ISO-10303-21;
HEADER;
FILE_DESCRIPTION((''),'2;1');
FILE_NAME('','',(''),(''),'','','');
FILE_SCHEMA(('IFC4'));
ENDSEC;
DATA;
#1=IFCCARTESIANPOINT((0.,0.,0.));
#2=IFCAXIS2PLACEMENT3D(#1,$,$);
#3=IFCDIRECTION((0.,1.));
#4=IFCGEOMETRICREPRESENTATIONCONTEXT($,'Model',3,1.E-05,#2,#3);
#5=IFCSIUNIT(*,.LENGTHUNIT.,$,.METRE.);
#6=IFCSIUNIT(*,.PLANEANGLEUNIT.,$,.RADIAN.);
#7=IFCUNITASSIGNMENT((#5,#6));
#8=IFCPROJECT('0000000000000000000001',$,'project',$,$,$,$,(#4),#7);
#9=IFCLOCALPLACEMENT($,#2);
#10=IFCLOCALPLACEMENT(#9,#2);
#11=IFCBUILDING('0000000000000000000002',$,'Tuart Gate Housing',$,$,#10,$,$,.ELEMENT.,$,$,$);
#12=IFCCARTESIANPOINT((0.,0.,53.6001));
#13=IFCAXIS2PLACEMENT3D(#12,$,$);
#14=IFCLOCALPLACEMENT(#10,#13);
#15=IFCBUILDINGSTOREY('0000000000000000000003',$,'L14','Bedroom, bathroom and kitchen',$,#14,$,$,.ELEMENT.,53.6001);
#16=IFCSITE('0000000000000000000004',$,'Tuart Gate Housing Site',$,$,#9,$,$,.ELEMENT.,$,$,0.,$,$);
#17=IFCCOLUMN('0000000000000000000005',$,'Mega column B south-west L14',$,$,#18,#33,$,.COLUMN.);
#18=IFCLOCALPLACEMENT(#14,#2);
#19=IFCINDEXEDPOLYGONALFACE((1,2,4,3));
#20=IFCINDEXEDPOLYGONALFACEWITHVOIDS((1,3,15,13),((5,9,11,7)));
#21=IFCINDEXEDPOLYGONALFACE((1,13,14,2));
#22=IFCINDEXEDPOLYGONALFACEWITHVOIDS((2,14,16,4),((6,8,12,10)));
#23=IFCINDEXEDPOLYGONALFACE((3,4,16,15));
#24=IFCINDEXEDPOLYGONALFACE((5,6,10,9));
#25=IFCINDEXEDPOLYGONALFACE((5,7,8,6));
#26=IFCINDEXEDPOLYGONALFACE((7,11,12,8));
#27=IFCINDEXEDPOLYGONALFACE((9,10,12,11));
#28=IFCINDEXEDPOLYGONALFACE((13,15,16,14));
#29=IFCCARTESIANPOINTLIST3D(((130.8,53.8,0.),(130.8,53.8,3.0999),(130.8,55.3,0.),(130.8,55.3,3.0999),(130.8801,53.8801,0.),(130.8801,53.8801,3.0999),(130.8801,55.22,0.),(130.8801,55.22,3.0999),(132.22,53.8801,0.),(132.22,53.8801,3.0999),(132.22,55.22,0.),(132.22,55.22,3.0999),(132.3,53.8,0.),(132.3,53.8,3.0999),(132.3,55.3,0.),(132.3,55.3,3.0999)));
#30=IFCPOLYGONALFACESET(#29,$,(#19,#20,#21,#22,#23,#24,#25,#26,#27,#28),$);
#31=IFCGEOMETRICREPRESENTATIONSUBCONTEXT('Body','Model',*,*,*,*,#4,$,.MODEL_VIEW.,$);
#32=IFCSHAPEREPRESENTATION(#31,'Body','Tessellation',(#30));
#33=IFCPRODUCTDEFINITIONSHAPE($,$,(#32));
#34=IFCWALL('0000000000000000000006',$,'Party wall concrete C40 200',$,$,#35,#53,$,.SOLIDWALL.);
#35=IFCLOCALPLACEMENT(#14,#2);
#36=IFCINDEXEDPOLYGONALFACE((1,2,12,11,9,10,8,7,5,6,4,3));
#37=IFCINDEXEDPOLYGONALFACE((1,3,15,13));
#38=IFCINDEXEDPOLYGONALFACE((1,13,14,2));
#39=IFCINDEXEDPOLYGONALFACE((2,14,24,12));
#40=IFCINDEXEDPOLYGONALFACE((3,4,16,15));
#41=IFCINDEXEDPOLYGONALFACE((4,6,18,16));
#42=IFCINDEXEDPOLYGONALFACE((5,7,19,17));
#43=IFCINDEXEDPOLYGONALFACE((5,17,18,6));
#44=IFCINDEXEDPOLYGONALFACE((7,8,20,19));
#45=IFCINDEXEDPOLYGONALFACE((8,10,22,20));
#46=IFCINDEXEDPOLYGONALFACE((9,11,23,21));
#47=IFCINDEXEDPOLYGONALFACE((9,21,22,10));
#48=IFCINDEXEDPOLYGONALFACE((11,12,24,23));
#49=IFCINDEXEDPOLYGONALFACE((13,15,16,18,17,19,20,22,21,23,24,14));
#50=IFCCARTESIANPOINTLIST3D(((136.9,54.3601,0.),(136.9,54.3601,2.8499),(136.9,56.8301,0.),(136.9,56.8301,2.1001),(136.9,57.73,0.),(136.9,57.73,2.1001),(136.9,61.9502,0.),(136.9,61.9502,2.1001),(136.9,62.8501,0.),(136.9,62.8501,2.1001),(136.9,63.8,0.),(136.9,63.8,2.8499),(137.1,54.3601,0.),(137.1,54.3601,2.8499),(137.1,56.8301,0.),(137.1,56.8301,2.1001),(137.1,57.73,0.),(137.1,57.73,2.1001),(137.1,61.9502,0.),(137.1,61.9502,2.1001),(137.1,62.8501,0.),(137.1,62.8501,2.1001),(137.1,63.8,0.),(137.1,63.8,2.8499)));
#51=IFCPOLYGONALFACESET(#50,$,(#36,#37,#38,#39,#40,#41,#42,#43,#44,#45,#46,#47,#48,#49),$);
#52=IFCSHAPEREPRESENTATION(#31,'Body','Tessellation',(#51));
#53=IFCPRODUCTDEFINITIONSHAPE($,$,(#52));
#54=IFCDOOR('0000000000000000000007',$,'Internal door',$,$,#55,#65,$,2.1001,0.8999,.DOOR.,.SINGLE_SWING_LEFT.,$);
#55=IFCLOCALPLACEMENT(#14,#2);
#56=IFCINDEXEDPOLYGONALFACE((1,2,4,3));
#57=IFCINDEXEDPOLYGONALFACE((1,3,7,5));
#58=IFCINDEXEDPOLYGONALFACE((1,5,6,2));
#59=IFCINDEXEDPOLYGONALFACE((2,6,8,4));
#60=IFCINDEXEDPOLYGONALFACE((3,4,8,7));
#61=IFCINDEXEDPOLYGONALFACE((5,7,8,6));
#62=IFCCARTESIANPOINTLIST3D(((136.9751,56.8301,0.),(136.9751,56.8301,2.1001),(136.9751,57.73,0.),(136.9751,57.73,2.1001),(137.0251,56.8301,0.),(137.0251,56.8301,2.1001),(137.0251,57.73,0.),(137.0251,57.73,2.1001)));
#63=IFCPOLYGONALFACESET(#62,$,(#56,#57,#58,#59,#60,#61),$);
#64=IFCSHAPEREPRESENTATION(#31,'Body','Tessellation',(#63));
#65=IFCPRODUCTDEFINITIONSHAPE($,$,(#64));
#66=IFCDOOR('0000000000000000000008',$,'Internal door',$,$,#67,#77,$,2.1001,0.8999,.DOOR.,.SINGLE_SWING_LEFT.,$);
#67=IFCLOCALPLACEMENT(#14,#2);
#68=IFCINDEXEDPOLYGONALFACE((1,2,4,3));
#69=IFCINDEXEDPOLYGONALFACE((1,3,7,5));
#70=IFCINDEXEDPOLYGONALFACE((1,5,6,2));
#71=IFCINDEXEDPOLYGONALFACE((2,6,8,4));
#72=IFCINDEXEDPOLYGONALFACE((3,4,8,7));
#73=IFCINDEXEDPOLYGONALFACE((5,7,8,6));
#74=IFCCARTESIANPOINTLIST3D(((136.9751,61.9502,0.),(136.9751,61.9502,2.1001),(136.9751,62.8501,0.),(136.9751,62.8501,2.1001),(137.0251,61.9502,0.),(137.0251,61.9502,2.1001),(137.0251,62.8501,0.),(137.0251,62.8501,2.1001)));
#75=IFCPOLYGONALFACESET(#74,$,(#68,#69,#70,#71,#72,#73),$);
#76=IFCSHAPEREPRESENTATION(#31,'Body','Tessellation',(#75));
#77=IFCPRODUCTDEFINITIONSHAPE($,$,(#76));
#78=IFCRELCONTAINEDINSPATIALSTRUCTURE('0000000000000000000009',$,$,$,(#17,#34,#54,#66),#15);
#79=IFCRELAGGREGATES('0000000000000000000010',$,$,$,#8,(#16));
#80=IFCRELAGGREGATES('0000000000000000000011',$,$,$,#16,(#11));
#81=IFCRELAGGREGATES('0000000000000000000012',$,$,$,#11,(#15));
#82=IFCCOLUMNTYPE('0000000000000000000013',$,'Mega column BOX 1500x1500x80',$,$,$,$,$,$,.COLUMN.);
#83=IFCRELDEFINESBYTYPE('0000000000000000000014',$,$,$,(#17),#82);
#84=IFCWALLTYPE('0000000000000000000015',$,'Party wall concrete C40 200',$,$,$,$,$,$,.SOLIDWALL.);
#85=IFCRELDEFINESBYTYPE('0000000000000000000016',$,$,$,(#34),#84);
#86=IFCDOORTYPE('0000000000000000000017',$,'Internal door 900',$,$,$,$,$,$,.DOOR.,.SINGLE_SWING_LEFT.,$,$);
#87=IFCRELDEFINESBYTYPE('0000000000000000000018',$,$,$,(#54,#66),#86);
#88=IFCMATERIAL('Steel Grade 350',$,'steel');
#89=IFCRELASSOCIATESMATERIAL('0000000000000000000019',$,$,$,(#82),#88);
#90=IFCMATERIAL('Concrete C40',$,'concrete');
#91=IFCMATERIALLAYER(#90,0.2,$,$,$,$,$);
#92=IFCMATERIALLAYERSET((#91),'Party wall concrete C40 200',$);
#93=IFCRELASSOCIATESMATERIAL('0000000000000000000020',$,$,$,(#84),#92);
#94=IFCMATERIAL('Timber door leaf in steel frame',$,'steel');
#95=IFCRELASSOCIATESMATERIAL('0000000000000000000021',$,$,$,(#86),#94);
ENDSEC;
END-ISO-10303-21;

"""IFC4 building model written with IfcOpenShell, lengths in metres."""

from ifc_helpers import new_model, si_unit, direction, frame, frame_2d, origin, origin_2d, place, context, subcontext, project, spatial, rectangle, hollow_rectangle, extrude, material, layer, layer_set, material_profile, profile_set, type_object, element, fill, save


model = new_model("IFC4")

# Units and contexts
model_context = context("Model", 3, precision=1e-05, world=origin(), true_north=direction((0.0, 1.0)))
body_context = subcontext(model_context, "Body", "Model", "MODEL_VIEW")
ifc_project = project(units=[si_unit("LENGTHUNIT", "METRE"), si_unit("PLANEANGLEUNIT", "RADIAN")], contexts=[model_context])

# Site, building, storey
site_placement = place(None, origin())
site = spatial("IfcSite", under=ifc_project, at=site_placement, Name="Tuart Gate Housing Site", CompositionType="ELEMENT", RefElevation=0.0)
building_placement = place(site_placement, origin())
building = spatial("IfcBuilding", under=site, at=building_placement, Name="Tuart Gate Housing", CompositionType="ELEMENT")
storey_placement = place(building_placement, frame((0.0, 0.0, 53.6001)))
storey = spatial("IfcBuildingStorey", under=building, at=storey_placement, Name="L14", Description="Bedroom, bathroom and kitchen", CompositionType="ELEMENT", Elevation=53.6001)

# Column
ifc_material_1 = material(Name="Steel Grade 350", Category="steel")
ifc_material_profile = material_profile(ifc_material_1, hollow_rectangle(XDim=1.5, YDim=1.5, WallThickness=0.0801, at=origin_2d()), Name="BOX 1500x1500x80")
ifc_profile_set = profile_set([ifc_material_profile], Name="Steel Grade 350")
column_type = type_object("IfcColumnType", Name="Mega column BOX 1500x1500x80", PredefinedType="COLUMN", material=ifc_profile_set)
column_placement = place(storey_placement, frame((131.55, 54.55, 0.0), z_axis=(0.0, 0.0, 1.0), x_axis=(1.0, 0.0, 0.0)))
element("IfcColumn", 1, at=column_placement, inside=storey, type_object=column_type, Name="Mega column B south-west L14", PredefinedType="COLUMN", context=body_context, shape_type="SweptSolid", body=[
    extrude(hollow_rectangle(XDim=1.5, YDim=1.5, WallThickness=0.0801, at=origin_2d()), origin(), (0.0, 0.0, 1.0), 3.0999),
])

# Wall, openings, doors
ifc_material_2 = material(Name="Concrete C40", Category="concrete")
ifc_layer_1 = layer(ifc_material_2, 0.2)
ifc_layer_set_1 = layer_set([ifc_layer_1], Name="Party wall concrete C40 200")
wall_type_1 = type_object("IfcWallType", Name="Party wall concrete C40 200", PredefinedType="SOLIDWALL", material=ifc_layer_set_1)
wall_1_placement = place(storey_placement, frame((137.0, 54.3601, 0.0), z_axis=(0.0, 0.0, 1.0), x_axis=(0.0, 1.0, 0.0)))
wall_1 = element("IfcWall", 2, at=wall_1_placement, inside=storey, type_object=wall_type_1, Name="Party wall concrete C40 200", PredefinedType="SOLIDWALL", context=body_context, shape_type="SweptSolid", body=[
    extrude(rectangle(XDim=9.4399, YDim=0.2, at=frame_2d((4.72, 0.0))), origin(), (0.0, 0.0, 1.0), 2.8499),
])
opening_1_placement = place(wall_1_placement, frame((2.47, 0.0, 0.0)))
opening_1 = element("IfcOpeningElement", 3, at=opening_1_placement, cuts=wall_1, PredefinedType="OPENING", context=body_context, shape_type="SweptSolid", body=[
    extrude(rectangle(XDim=0.8999, YDim=2.1001, at=frame_2d((0.45, 1.05))), frame((0.0, 0.1099, 0.0), z_axis=(0.0, -1.0, 0.0), x_axis=(1.0, 0.0, 0.0)), (0.0, 0.0, 1.0), 0.22),
])
opening_2_placement = place(wall_1_placement, frame((7.5901, 0.0, 0.0)))
opening_2 = element("IfcOpeningElement", 4, at=opening_2_placement, cuts=wall_1, PredefinedType="OPENING", context=body_context, shape_type="SweptSolid", body=[
    extrude(rectangle(XDim=0.8999, YDim=2.1001, at=frame_2d((0.45, 1.05))), frame((0.0, 0.1099, 0.0), z_axis=(0.0, -1.0, 0.0), x_axis=(1.0, 0.0, 0.0)), (0.0, 0.0, 1.0), 0.22),
])
ifc_material_3 = material(Name="Timber door leaf in steel frame", Category="steel")
door_type = type_object("IfcDoorType", Name="Internal door 900", OperationType="SINGLE_SWING_LEFT", PredefinedType="DOOR", material=ifc_material_3)
door_1_placement = place(opening_1_placement, origin())
door_1 = element("IfcDoor", 5, at=door_1_placement, inside=storey, type_object=door_type, Name="Internal door", OperationType="SINGLE_SWING_LEFT", OverallHeight=2.1001, OverallWidth=0.8999, PredefinedType="DOOR", context=body_context, shape_type="SweptSolid", body=[
    extrude(rectangle(XDim=0.8999, YDim=2.1001, at=frame_2d((0.45, 1.05))), frame((0.0, 0.0249, 0.0), z_axis=(0.0, -1.0, 0.0), x_axis=(1.0, 0.0, 0.0)), (0.0, 0.0, 1.0), 0.05),
])
fill(opening_1, door_1)
door_2_placement = place(opening_2_placement, origin())
door_2 = element("IfcDoor", 6, at=door_2_placement, inside=storey, type_object=door_type, Name="Internal door", OperationType="SINGLE_SWING_LEFT", OverallHeight=2.1001, OverallWidth=0.8999, PredefinedType="DOOR", context=body_context, shape_type="SweptSolid", body=[
    extrude(rectangle(XDim=0.8999, YDim=2.1001, at=frame_2d((0.45, 1.05))), frame((0.0, 0.0249, 0.0), z_axis=(0.0, -1.0, 0.0), x_axis=(1.0, 0.0, 0.0)), (0.0, 0.0, 1.0), 0.05),
])
fill(opening_2, door_2)

save(model, "model.ifc")
